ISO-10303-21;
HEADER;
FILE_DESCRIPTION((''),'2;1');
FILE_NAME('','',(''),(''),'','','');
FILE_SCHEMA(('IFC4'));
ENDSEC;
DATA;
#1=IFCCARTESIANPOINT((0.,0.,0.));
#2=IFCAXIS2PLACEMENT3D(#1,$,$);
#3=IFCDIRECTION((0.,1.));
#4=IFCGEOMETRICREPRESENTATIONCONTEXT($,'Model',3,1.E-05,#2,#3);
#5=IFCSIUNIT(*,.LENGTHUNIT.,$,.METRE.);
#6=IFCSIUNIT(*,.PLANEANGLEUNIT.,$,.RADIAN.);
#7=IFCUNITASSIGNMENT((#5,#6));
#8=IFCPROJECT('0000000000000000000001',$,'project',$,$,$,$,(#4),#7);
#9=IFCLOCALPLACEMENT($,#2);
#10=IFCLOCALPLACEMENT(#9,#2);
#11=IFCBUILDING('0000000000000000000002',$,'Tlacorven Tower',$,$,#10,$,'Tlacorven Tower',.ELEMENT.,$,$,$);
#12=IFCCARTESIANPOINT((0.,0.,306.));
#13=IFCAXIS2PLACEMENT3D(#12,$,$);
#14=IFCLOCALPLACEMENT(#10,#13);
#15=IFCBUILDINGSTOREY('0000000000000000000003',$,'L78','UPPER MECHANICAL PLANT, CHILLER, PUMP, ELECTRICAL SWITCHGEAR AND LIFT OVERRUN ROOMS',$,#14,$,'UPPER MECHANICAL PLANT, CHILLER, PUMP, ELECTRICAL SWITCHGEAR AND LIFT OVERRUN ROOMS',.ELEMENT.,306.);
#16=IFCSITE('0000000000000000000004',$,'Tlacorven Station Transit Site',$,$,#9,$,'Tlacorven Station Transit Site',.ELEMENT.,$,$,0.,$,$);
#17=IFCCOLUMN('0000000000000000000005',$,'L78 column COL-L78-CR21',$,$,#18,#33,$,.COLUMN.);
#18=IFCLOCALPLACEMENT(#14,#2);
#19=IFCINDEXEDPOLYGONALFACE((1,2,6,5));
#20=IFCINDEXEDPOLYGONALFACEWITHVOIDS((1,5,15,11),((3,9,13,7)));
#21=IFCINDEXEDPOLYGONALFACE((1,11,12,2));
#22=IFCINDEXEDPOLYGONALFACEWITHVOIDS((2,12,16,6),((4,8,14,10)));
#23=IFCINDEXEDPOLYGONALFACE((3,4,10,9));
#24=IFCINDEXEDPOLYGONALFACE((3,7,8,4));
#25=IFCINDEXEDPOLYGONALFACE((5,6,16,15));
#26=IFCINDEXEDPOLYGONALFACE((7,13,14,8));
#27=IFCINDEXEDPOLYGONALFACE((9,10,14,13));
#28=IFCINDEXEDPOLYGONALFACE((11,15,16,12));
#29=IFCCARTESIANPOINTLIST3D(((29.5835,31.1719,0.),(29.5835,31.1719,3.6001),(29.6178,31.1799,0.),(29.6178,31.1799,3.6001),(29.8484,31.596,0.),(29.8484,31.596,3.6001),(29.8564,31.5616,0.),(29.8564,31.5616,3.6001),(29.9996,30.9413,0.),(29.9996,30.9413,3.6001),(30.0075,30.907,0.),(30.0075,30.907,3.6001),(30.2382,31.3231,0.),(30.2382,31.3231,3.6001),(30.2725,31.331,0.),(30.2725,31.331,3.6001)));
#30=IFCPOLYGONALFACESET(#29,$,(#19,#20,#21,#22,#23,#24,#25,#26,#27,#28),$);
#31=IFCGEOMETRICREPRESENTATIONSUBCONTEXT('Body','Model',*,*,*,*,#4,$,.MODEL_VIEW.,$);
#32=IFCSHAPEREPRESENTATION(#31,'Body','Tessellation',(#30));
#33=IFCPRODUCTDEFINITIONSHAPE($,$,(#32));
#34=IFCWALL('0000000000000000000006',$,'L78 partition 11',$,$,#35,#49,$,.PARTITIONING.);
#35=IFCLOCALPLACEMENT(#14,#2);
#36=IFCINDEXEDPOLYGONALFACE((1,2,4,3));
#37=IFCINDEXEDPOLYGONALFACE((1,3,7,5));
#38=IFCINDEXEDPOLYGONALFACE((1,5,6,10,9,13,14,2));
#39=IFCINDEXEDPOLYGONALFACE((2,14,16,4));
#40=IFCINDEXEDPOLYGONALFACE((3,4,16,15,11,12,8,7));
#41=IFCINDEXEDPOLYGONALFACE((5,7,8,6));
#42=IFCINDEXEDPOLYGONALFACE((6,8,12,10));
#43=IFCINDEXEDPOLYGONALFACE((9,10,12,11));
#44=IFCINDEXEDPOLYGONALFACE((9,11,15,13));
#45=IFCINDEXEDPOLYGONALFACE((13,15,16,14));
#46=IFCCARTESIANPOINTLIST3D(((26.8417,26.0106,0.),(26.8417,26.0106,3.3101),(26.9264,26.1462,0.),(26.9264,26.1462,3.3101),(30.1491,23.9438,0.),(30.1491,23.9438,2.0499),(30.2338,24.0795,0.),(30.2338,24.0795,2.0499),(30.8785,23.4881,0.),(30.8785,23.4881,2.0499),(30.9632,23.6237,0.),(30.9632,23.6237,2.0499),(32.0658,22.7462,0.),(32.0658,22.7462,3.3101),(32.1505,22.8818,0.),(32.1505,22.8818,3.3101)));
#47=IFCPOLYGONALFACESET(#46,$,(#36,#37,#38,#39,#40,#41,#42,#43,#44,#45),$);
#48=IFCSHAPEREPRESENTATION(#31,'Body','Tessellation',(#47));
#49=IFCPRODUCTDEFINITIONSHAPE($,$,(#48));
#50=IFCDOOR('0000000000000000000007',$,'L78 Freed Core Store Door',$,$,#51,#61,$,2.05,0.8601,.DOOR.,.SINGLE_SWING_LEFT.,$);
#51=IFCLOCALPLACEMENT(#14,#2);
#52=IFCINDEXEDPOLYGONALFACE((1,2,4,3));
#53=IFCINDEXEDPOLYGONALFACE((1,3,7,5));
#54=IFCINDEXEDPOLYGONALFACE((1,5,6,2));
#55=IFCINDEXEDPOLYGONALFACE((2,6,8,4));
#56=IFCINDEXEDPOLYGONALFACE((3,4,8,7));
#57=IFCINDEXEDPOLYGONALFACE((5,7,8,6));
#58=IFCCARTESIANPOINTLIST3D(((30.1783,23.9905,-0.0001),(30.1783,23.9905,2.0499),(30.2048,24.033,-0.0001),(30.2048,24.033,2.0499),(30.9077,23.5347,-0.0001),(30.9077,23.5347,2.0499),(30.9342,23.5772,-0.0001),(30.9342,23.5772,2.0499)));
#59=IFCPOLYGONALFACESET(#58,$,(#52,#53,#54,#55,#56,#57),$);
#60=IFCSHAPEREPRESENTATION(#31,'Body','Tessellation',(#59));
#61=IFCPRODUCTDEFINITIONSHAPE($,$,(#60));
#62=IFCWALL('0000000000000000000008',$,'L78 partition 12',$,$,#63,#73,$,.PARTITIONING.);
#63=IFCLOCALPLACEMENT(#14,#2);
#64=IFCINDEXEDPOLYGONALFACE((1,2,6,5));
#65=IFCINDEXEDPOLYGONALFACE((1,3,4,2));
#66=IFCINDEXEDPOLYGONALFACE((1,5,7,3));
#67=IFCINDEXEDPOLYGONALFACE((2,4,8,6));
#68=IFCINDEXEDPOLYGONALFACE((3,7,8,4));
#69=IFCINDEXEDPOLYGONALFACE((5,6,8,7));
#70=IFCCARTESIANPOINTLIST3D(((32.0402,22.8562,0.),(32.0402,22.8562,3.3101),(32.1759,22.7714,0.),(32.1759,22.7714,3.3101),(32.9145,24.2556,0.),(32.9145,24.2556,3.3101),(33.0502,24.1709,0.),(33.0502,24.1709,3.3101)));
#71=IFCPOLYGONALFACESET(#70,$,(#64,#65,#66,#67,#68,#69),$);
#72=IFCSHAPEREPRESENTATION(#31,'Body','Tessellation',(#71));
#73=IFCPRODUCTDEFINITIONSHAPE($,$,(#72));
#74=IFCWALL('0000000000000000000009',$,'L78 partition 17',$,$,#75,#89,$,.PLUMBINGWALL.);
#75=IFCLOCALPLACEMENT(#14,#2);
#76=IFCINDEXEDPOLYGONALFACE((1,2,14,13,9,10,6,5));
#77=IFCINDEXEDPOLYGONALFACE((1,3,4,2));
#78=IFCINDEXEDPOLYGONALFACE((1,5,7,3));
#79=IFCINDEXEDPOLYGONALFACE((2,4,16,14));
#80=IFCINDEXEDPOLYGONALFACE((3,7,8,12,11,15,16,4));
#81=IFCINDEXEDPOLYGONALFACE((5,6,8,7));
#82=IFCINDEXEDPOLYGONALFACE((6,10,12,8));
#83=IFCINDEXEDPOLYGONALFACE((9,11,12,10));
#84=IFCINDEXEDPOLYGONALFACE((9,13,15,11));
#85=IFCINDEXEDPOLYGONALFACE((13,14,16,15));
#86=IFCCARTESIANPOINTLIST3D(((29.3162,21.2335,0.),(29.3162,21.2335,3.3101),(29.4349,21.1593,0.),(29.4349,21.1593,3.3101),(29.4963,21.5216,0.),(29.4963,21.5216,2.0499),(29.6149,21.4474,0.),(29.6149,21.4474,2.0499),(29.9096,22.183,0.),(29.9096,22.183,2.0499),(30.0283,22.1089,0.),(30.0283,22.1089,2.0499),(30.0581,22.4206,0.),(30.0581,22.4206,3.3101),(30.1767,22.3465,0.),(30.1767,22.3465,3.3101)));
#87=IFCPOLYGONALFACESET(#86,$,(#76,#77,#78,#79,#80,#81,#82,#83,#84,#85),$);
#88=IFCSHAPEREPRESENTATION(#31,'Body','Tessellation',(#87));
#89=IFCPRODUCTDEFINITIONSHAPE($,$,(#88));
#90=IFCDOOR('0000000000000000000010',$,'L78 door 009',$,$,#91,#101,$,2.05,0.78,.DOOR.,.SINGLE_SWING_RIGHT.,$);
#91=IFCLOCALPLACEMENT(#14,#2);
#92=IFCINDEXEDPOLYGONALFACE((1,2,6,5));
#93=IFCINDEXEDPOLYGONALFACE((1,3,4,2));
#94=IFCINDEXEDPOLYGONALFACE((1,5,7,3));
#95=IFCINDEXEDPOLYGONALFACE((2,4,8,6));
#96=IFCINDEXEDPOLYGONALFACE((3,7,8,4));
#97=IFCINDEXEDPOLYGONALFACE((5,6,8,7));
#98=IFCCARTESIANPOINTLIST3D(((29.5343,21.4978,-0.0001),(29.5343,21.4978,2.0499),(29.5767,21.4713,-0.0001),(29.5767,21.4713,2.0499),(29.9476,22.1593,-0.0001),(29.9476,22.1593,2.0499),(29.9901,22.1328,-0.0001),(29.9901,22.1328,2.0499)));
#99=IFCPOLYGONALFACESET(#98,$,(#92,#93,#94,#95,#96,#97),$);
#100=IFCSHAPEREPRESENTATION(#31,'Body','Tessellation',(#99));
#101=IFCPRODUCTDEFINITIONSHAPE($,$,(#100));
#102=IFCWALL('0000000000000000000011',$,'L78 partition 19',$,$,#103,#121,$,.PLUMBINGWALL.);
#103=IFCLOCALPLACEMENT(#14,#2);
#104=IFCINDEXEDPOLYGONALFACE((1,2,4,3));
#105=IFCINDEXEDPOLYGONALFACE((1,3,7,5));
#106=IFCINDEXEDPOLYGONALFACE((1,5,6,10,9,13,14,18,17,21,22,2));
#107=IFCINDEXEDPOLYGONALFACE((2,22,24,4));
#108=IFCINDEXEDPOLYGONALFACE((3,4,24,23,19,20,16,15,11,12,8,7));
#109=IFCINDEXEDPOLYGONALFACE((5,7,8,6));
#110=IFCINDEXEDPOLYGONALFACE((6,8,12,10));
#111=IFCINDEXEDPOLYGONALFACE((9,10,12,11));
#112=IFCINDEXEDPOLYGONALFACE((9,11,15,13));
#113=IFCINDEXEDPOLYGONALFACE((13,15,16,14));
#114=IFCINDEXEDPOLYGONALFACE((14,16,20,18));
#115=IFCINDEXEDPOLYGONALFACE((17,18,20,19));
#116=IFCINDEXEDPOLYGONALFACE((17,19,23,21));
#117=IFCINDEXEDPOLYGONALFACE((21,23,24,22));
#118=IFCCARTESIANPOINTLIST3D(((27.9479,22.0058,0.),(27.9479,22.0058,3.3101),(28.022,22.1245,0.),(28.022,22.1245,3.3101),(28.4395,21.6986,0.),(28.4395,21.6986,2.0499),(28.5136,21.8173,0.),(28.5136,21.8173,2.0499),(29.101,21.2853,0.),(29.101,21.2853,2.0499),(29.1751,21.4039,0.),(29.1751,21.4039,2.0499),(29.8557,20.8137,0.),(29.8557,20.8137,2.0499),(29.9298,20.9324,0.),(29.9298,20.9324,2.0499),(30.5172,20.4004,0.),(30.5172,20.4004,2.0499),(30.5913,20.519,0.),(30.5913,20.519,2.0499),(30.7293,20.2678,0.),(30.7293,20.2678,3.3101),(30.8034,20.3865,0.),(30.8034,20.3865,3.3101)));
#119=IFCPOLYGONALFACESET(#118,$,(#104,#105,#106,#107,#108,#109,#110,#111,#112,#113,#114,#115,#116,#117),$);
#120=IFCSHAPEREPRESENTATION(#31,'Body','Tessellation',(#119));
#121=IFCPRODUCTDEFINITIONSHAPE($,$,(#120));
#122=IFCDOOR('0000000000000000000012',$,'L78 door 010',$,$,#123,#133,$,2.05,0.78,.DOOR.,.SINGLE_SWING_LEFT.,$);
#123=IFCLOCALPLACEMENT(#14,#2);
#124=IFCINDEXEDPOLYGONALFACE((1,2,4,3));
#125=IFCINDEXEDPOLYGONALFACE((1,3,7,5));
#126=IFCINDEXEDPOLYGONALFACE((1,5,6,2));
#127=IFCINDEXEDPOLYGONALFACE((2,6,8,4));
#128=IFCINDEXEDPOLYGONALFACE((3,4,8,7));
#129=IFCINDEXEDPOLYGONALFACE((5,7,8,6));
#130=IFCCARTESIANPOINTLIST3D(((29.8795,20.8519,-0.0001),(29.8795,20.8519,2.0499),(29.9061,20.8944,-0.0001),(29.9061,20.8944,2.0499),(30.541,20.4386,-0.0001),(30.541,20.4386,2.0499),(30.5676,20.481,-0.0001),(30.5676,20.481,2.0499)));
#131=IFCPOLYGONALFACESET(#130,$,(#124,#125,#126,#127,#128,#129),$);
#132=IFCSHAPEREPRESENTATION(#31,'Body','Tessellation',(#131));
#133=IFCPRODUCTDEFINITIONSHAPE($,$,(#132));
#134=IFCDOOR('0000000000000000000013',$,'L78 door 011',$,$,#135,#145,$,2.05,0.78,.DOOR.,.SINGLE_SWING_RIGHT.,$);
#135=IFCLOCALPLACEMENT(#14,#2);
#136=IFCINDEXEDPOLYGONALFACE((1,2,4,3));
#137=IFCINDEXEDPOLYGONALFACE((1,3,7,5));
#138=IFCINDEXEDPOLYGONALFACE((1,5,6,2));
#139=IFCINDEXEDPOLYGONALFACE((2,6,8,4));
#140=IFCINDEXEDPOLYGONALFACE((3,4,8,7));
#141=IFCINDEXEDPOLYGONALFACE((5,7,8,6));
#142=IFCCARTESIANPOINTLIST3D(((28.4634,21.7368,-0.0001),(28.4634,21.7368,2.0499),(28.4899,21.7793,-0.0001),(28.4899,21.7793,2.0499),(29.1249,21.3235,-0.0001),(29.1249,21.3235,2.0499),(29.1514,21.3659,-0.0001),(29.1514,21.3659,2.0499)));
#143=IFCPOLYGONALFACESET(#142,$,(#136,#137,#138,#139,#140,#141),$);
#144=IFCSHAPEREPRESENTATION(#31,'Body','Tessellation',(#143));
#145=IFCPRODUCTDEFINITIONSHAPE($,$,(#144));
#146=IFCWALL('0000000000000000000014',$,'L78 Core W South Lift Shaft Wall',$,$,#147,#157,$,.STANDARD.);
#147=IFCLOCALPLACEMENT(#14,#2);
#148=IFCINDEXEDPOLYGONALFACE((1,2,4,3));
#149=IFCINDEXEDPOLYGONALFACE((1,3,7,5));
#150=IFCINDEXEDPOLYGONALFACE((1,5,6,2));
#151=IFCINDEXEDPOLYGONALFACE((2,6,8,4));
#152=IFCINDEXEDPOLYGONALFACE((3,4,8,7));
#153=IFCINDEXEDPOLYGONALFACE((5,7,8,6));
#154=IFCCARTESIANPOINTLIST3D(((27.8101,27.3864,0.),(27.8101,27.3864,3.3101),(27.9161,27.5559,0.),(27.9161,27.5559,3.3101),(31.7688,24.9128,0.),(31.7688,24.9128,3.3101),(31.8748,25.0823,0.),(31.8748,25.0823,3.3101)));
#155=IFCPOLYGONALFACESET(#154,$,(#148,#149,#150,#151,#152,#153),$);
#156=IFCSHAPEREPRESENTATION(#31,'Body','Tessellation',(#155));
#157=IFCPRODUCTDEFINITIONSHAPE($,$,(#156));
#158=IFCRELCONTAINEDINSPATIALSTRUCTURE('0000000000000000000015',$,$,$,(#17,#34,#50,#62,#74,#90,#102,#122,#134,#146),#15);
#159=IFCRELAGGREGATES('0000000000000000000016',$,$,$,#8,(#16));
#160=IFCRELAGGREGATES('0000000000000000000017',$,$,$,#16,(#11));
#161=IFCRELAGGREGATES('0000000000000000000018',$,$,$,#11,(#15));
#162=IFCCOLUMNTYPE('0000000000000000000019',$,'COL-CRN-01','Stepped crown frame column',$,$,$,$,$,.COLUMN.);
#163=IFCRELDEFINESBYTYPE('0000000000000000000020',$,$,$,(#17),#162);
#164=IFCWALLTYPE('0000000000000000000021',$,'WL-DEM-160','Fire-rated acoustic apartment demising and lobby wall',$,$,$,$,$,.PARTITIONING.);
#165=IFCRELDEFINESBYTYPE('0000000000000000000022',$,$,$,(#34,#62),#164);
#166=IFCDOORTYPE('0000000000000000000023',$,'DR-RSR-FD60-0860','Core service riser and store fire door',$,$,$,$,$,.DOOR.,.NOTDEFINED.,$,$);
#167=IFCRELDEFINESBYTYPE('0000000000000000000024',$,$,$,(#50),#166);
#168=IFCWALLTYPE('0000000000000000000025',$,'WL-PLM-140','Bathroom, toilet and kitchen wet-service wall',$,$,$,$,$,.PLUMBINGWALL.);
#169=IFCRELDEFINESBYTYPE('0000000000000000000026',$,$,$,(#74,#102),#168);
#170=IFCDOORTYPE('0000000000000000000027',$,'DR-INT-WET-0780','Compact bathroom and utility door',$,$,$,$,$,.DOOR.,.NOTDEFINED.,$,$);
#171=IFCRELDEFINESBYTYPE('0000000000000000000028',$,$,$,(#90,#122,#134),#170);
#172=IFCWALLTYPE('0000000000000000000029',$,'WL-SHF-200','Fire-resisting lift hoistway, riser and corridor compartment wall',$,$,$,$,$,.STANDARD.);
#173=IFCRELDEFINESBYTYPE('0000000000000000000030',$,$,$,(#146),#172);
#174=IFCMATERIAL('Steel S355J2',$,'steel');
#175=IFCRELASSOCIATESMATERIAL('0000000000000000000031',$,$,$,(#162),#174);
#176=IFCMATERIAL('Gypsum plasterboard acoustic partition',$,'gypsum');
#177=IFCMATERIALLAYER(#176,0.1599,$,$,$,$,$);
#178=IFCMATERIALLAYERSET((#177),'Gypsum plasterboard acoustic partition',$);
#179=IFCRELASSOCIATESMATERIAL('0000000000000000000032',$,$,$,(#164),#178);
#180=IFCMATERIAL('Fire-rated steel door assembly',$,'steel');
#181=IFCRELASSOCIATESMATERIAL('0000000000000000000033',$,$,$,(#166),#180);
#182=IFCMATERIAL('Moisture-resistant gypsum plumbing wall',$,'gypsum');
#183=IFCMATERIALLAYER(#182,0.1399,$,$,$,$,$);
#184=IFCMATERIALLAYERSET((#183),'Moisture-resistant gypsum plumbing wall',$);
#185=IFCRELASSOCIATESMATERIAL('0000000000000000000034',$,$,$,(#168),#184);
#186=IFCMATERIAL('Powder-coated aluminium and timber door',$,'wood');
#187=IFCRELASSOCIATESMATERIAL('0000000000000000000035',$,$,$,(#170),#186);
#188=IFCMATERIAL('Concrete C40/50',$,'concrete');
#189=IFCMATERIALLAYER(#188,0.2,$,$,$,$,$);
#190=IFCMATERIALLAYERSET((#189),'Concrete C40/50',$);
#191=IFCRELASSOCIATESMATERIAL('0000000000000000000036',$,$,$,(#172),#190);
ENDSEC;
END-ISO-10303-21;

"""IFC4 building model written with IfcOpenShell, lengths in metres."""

from ifc_helpers import new_model, si_unit, direction, frame, frame_2d, origin, origin_2d, place, context, subcontext, project, spatial, rectangle, hollow_rectangle, extrude, source, transform, mapped, material, layer, layer_set, material_profile, profile_set, type_object, element, fill, save


model = new_model("IFC4")

# Units and contexts
model_context = context("Model", 3, precision=1e-05, world=origin(), true_north=direction((0.0, 1.0)))
body_context = subcontext(model_context, "Body", "Model", "MODEL_VIEW")
ifc_project = project(units=[si_unit("LENGTHUNIT", "METRE"), si_unit("PLANEANGLEUNIT", "RADIAN")], contexts=[model_context])

# Site, building, storey
site_placement = place(None, origin())
site = spatial("IfcSite", under=ifc_project, at=site_placement, Name="Tlacorven Station Transit Site", LongName="Tlacorven Station Transit Site", CompositionType="ELEMENT", RefElevation=0.0)
building_placement = place(site_placement, origin())
building = spatial("IfcBuilding", under=site, at=building_placement, Name="Tlacorven Tower", LongName="Tlacorven Tower", CompositionType="ELEMENT")
storey_placement = place(building_placement, frame((0.0, 0.0, 306.0)))
storey = spatial("IfcBuildingStorey", under=building, at=storey_placement, Name="L78", Description="UPPER MECHANICAL PLANT, CHILLER, PUMP, ELECTRICAL SWITCHGEAR AND LIFT OVERRUN ROOMS", LongName="UPPER MECHANICAL PLANT, CHILLER, PUMP, ELECTRICAL SWITCHGEAR AND LIFT OVERRUN ROOMS", CompositionType="ELEMENT", Elevation=306.0)

# Column
ifc_material_1 = material(Name="Steel S355J2", Category="steel")
ifc_material_profile = material_profile(ifc_material_1, hollow_rectangle(XDim=0.5, YDim=0.5, WallThickness=0.0249, at=origin_2d()), Name="BOX 500X500X25")
ifc_profile_set = profile_set([ifc_material_profile], Name="Steel S355J2")
column_type = type_object("IfcColumnType", Name="COL-CRN-01", Description="Stepped crown frame column", PredefinedType="COLUMN", material=ifc_profile_set)
shared_shape_1 = source(origin(), body_context, "Body", "SweptSolid", [
    extrude(hollow_rectangle(XDim=0.5, YDim=0.5, WallThickness=0.0249, at=origin_2d()), origin(), (0.0, 0.0, 1.0), 3.6001),
])
column_placement = place(storey_placement, frame((29.928, 31.2515, 0.0), z_axis=(0.0, 0.0, 1.0), x_axis=(-0.848048, 0.529919, 0.0)))
element("IfcColumn", 1, at=column_placement, inside=storey, type_object=column_type, Name="L78 column COL-L78-CR21", PredefinedType="COLUMN", context=body_context, shape_type="MappedRepresentation", body=[
    mapped(shared_shape_1, transform((0.0, 0.0, 0.0), scale=1.0)),
])

# Wall, opening, door
ifc_material_2 = material(Name="Gypsum plasterboard acoustic partition", Category="gypsum")
ifc_layer_1 = layer(ifc_material_2, 0.1599)
ifc_layer_set_1 = layer_set([ifc_layer_1], Name="Gypsum plasterboard acoustic partition")
wall_type_1 = type_object("IfcWallType", Name="WL-DEM-160", Description="Fire-rated acoustic apartment demising and lobby wall", PredefinedType="PARTITIONING", material=ifc_layer_set_1)
wall_1_placement = place(storey_placement, frame((32.1082, 22.814, 0.0), z_axis=(0.0, 0.0, 1.0), x_axis=(-0.848047, 0.529921, 0.0)))
wall_1 = element("IfcWall", 2, at=wall_1_placement, inside=storey, type_object=wall_type_1, Name="L78 partition 11", PredefinedType="PARTITIONING", context=body_context, shape_type="SweptSolid", body=[
    extrude(rectangle(XDim=6.1602, YDim=0.1599, at=frame_2d((3.0801, 0.0))), origin(), (0.0, 0.0, 1.0), 3.3101),
])
opening_1_placement = place(wall_1_placement, frame((1.3999, 0.0, 0.0)))
opening_1 = element("IfcOpeningElement", 3, at=opening_1_placement, cuts=wall_1, PredefinedType="OPENING", context=body_context, shape_type="SweptSolid", body=[
    extrude(rectangle(XDim=0.8601, YDim=2.05, at=frame_2d((0.4302, 1.0249))), frame((0.0, 0.0898, 0.0), z_axis=(0.0, -1.0, 0.0), x_axis=(1.0, 0.0, 0.0)), (0.0, 0.0, 1.0), 0.1799),
])
ifc_material_3 = material(Name="Fire-rated steel door assembly", Category="steel")
door_type_1 = type_object("IfcDoorType", Name="DR-RSR-FD60-0860", Description="Core service riser and store fire door", OperationType="NOTDEFINED", PredefinedType="DOOR", material=ifc_material_3)
shared_shape_2 = source(origin(), body_context, "Body", "SweptSolid", [
    extrude(rectangle(XDim=0.8601, YDim=2.05, at=frame_2d((0.4302, 1.0249))), frame((0.0, 0.0249, 0.0), z_axis=(0.0, -1.0, 0.0), x_axis=(1.0, 0.0, 0.0)), (0.0, 0.0, 1.0), 0.05),
])
door_1_placement = place(opening_1_placement, origin())
door_1 = element("IfcDoor", 4, at=door_1_placement, inside=storey, type_object=door_type_1, Name="L78 Freed Core Store Door", OperationType="SINGLE_SWING_LEFT", OverallHeight=2.05, OverallWidth=0.8601, PredefinedType="DOOR", context=body_context, shape_type="MappedRepresentation", body=[
    mapped(shared_shape_2, transform((0.0, 0.0, 0.0), scale=1.0)),
])
fill(opening_1, door_1)

# Wall
wall_2_placement = place(storey_placement, frame((32.9824, 24.2134, 0.0), z_axis=(0.0, 0.0, 1.0), x_axis=(-0.529839, -0.848098, 0.0)))
element("IfcWall", 5, at=wall_2_placement, inside=storey, type_object=wall_type_1, Name="L78 partition 12", PredefinedType="PARTITIONING", context=body_context, shape_type="SweptSolid", body=[
    extrude(rectangle(XDim=1.6501, YDim=0.1599, at=frame_2d((0.8252, 0.0))), origin(), (0.0, 0.0, 1.0), 3.3101),
])

# Wall, opening, door
ifc_material_4 = material(Name="Moisture-resistant gypsum plumbing wall", Category="gypsum")
ifc_layer_2 = layer(ifc_material_4, 0.1399)
ifc_layer_set_2 = layer_set([ifc_layer_2], Name="Moisture-resistant gypsum plumbing wall")
wall_type_2 = type_object("IfcWallType", Name="WL-PLM-140", Description="Bathroom, toilet and kitchen wet-service wall", PredefinedType="PLUMBINGWALL", material=ifc_layer_set_2)
wall_3_placement = place(storey_placement, frame((30.1174, 22.3835, 0.0), z_axis=(0.0, 0.0, 1.0), x_axis=(-0.529952, -0.848028, 0.0)))
wall_3 = element("IfcWall", 6, at=wall_3_placement, inside=storey, type_object=wall_type_2, Name="L78 partition 17", PredefinedType="PLUMBINGWALL", context=body_context, shape_type="SweptSolid", body=[
    extrude(rectangle(XDim=1.3999, YDim=0.1399, at=frame_2d((0.7, 0.0))), origin(), (0.0, 0.0, 1.0), 3.3101),
])
opening_2_placement = place(wall_3_placement, frame((0.28, 0.0, 0.0)))
opening_2 = element("IfcOpeningElement", 7, at=opening_2_placement, cuts=wall_3, PredefinedType="OPENING", context=body_context, shape_type="SweptSolid", body=[
    extrude(rectangle(XDim=0.78, YDim=2.05, at=frame_2d((0.3901, 1.0249))), frame((0.0, 0.0801, 0.0), z_axis=(0.0, -1.0, 0.0), x_axis=(1.0, 0.0, 0.0)), (0.0, 0.0, 1.0), 0.1599),
])
ifc_material_5 = material(Name="Powder-coated aluminium and timber door", Category="wood")
door_type_2 = type_object("IfcDoorType", Name="DR-INT-WET-0780", Description="Compact bathroom and utility door", OperationType="NOTDEFINED", PredefinedType="DOOR", material=ifc_material_5)
shared_shape_3 = source(origin(), body_context, "Body", "SweptSolid", [
    extrude(rectangle(XDim=0.78, YDim=2.05, at=frame_2d((0.3901, 1.0249))), frame((0.0, 0.0249, 0.0), z_axis=(0.0, -1.0, 0.0), x_axis=(1.0, 0.0, 0.0)), (0.0, 0.0, 1.0), 0.05),
])
door_2_placement = place(opening_2_placement, origin())
door_2 = element("IfcDoor", 8, at=door_2_placement, inside=storey, type_object=door_type_2, Name="L78 door 009", OperationType="SINGLE_SWING_RIGHT", OverallHeight=2.05, OverallWidth=0.78, PredefinedType="DOOR", context=body_context, shape_type="MappedRepresentation", body=[
    mapped(shared_shape_3, transform((0.0, 0.0, 0.0), scale=1.0)),
])
fill(opening_2, door_2)

# Wall, openings, doors
wall_4_placement = place(storey_placement, frame((30.7664, 20.3271, 0.0), z_axis=(0.0, 0.0, 1.0), x_axis=(-0.848053, 0.529912, 0.0)))
wall_4 = element("IfcWall", 9, at=wall_4_placement, inside=storey, type_object=wall_type_2, Name="L78 partition 19", PredefinedType="PLUMBINGWALL", context=body_context, shape_type="SweptSolid", body=[
    extrude(rectangle(XDim=3.2798, YDim=0.1399, at=frame_2d((1.6399, 0.0))), origin(), (0.0, 0.0, 1.0), 3.3101),
])
opening_3_placement = place(wall_4_placement, frame((0.25, 0.0, 0.0)))
opening_3 = element("IfcOpeningElement", 10, at=opening_3_placement, cuts=wall_4, PredefinedType="OPENING", context=body_context, shape_type="SweptSolid", body=[
    extrude(rectangle(XDim=0.78, YDim=2.05, at=frame_2d((0.3901, 1.0249))), frame((0.0, 0.0801, 0.0), z_axis=(0.0, -1.0, 0.0), x_axis=(1.0, 0.0, 0.0)), (0.0, 0.0, 1.0), 0.1599),
])
opening_4_placement = place(wall_4_placement, frame((1.9199, 0.0, 0.0)))
opening_4 = element("IfcOpeningElement", 11, at=opening_4_placement, cuts=wall_4, PredefinedType="OPENING", context=body_context, shape_type="SweptSolid", body=[
    extrude(rectangle(XDim=0.78, YDim=2.05, at=frame_2d((0.3901, 1.0249))), frame((0.0, 0.0801, 0.0), z_axis=(0.0, -1.0, 0.0), x_axis=(1.0, 0.0, 0.0)), (0.0, 0.0, 1.0), 0.1599),
])
door_3_placement = place(opening_3_placement, origin())
door_3 = element("IfcDoor", 12, at=door_3_placement, inside=storey, type_object=door_type_2, Name="L78 door 010", OperationType="SINGLE_SWING_LEFT", OverallHeight=2.05, OverallWidth=0.78, PredefinedType="DOOR", context=body_context, shape_type="MappedRepresentation", body=[
    mapped(shared_shape_3, transform((0.0, 0.0, 0.0), scale=1.0)),
])
fill(opening_3, door_3)
door_4_placement = place(opening_4_placement, origin())
door_4 = element("IfcDoor", 13, at=door_4_placement, inside=storey, type_object=door_type_2, Name="L78 door 011", OperationType="SINGLE_SWING_RIGHT", OverallHeight=2.05, OverallWidth=0.78, PredefinedType="DOOR", context=body_context, shape_type="MappedRepresentation", body=[
    mapped(shared_shape_3, transform((0.0, 0.0, 0.0), scale=1.0)),
])
fill(opening_4, door_4)

# Wall
ifc_material_6 = material(Name="Concrete C40/50", Category="concrete")
ifc_layer_3 = layer(ifc_material_6, 0.2)
ifc_layer_set_3 = layer_set([ifc_layer_3], Name="Concrete C40/50")
wall_type_3 = type_object("IfcWallType", Name="WL-SHF-200", Description="Fire-resisting lift hoistway, riser and corridor compartment wall", PredefinedType="STANDARD", material=ifc_layer_set_3)
wall_5_placement = place(storey_placement, frame((31.8218, 24.9976, 0.0), z_axis=(0.0, 0.0, 1.0), x_axis=(-0.848054, 0.52991, 0.0)))
element("IfcWall", 14, at=wall_5_placement, inside=storey, type_object=wall_type_3, Name="L78 Core W South Lift Shaft Wall", PredefinedType="STANDARD", context=body_context, shape_type="SweptSolid", body=[
    extrude(rectangle(XDim=4.668, YDim=0.2, at=frame_2d((2.334, 0.0))), origin(), (0.0, 0.0, 1.0), 3.3101),
])

save(model, "model.ifc")
